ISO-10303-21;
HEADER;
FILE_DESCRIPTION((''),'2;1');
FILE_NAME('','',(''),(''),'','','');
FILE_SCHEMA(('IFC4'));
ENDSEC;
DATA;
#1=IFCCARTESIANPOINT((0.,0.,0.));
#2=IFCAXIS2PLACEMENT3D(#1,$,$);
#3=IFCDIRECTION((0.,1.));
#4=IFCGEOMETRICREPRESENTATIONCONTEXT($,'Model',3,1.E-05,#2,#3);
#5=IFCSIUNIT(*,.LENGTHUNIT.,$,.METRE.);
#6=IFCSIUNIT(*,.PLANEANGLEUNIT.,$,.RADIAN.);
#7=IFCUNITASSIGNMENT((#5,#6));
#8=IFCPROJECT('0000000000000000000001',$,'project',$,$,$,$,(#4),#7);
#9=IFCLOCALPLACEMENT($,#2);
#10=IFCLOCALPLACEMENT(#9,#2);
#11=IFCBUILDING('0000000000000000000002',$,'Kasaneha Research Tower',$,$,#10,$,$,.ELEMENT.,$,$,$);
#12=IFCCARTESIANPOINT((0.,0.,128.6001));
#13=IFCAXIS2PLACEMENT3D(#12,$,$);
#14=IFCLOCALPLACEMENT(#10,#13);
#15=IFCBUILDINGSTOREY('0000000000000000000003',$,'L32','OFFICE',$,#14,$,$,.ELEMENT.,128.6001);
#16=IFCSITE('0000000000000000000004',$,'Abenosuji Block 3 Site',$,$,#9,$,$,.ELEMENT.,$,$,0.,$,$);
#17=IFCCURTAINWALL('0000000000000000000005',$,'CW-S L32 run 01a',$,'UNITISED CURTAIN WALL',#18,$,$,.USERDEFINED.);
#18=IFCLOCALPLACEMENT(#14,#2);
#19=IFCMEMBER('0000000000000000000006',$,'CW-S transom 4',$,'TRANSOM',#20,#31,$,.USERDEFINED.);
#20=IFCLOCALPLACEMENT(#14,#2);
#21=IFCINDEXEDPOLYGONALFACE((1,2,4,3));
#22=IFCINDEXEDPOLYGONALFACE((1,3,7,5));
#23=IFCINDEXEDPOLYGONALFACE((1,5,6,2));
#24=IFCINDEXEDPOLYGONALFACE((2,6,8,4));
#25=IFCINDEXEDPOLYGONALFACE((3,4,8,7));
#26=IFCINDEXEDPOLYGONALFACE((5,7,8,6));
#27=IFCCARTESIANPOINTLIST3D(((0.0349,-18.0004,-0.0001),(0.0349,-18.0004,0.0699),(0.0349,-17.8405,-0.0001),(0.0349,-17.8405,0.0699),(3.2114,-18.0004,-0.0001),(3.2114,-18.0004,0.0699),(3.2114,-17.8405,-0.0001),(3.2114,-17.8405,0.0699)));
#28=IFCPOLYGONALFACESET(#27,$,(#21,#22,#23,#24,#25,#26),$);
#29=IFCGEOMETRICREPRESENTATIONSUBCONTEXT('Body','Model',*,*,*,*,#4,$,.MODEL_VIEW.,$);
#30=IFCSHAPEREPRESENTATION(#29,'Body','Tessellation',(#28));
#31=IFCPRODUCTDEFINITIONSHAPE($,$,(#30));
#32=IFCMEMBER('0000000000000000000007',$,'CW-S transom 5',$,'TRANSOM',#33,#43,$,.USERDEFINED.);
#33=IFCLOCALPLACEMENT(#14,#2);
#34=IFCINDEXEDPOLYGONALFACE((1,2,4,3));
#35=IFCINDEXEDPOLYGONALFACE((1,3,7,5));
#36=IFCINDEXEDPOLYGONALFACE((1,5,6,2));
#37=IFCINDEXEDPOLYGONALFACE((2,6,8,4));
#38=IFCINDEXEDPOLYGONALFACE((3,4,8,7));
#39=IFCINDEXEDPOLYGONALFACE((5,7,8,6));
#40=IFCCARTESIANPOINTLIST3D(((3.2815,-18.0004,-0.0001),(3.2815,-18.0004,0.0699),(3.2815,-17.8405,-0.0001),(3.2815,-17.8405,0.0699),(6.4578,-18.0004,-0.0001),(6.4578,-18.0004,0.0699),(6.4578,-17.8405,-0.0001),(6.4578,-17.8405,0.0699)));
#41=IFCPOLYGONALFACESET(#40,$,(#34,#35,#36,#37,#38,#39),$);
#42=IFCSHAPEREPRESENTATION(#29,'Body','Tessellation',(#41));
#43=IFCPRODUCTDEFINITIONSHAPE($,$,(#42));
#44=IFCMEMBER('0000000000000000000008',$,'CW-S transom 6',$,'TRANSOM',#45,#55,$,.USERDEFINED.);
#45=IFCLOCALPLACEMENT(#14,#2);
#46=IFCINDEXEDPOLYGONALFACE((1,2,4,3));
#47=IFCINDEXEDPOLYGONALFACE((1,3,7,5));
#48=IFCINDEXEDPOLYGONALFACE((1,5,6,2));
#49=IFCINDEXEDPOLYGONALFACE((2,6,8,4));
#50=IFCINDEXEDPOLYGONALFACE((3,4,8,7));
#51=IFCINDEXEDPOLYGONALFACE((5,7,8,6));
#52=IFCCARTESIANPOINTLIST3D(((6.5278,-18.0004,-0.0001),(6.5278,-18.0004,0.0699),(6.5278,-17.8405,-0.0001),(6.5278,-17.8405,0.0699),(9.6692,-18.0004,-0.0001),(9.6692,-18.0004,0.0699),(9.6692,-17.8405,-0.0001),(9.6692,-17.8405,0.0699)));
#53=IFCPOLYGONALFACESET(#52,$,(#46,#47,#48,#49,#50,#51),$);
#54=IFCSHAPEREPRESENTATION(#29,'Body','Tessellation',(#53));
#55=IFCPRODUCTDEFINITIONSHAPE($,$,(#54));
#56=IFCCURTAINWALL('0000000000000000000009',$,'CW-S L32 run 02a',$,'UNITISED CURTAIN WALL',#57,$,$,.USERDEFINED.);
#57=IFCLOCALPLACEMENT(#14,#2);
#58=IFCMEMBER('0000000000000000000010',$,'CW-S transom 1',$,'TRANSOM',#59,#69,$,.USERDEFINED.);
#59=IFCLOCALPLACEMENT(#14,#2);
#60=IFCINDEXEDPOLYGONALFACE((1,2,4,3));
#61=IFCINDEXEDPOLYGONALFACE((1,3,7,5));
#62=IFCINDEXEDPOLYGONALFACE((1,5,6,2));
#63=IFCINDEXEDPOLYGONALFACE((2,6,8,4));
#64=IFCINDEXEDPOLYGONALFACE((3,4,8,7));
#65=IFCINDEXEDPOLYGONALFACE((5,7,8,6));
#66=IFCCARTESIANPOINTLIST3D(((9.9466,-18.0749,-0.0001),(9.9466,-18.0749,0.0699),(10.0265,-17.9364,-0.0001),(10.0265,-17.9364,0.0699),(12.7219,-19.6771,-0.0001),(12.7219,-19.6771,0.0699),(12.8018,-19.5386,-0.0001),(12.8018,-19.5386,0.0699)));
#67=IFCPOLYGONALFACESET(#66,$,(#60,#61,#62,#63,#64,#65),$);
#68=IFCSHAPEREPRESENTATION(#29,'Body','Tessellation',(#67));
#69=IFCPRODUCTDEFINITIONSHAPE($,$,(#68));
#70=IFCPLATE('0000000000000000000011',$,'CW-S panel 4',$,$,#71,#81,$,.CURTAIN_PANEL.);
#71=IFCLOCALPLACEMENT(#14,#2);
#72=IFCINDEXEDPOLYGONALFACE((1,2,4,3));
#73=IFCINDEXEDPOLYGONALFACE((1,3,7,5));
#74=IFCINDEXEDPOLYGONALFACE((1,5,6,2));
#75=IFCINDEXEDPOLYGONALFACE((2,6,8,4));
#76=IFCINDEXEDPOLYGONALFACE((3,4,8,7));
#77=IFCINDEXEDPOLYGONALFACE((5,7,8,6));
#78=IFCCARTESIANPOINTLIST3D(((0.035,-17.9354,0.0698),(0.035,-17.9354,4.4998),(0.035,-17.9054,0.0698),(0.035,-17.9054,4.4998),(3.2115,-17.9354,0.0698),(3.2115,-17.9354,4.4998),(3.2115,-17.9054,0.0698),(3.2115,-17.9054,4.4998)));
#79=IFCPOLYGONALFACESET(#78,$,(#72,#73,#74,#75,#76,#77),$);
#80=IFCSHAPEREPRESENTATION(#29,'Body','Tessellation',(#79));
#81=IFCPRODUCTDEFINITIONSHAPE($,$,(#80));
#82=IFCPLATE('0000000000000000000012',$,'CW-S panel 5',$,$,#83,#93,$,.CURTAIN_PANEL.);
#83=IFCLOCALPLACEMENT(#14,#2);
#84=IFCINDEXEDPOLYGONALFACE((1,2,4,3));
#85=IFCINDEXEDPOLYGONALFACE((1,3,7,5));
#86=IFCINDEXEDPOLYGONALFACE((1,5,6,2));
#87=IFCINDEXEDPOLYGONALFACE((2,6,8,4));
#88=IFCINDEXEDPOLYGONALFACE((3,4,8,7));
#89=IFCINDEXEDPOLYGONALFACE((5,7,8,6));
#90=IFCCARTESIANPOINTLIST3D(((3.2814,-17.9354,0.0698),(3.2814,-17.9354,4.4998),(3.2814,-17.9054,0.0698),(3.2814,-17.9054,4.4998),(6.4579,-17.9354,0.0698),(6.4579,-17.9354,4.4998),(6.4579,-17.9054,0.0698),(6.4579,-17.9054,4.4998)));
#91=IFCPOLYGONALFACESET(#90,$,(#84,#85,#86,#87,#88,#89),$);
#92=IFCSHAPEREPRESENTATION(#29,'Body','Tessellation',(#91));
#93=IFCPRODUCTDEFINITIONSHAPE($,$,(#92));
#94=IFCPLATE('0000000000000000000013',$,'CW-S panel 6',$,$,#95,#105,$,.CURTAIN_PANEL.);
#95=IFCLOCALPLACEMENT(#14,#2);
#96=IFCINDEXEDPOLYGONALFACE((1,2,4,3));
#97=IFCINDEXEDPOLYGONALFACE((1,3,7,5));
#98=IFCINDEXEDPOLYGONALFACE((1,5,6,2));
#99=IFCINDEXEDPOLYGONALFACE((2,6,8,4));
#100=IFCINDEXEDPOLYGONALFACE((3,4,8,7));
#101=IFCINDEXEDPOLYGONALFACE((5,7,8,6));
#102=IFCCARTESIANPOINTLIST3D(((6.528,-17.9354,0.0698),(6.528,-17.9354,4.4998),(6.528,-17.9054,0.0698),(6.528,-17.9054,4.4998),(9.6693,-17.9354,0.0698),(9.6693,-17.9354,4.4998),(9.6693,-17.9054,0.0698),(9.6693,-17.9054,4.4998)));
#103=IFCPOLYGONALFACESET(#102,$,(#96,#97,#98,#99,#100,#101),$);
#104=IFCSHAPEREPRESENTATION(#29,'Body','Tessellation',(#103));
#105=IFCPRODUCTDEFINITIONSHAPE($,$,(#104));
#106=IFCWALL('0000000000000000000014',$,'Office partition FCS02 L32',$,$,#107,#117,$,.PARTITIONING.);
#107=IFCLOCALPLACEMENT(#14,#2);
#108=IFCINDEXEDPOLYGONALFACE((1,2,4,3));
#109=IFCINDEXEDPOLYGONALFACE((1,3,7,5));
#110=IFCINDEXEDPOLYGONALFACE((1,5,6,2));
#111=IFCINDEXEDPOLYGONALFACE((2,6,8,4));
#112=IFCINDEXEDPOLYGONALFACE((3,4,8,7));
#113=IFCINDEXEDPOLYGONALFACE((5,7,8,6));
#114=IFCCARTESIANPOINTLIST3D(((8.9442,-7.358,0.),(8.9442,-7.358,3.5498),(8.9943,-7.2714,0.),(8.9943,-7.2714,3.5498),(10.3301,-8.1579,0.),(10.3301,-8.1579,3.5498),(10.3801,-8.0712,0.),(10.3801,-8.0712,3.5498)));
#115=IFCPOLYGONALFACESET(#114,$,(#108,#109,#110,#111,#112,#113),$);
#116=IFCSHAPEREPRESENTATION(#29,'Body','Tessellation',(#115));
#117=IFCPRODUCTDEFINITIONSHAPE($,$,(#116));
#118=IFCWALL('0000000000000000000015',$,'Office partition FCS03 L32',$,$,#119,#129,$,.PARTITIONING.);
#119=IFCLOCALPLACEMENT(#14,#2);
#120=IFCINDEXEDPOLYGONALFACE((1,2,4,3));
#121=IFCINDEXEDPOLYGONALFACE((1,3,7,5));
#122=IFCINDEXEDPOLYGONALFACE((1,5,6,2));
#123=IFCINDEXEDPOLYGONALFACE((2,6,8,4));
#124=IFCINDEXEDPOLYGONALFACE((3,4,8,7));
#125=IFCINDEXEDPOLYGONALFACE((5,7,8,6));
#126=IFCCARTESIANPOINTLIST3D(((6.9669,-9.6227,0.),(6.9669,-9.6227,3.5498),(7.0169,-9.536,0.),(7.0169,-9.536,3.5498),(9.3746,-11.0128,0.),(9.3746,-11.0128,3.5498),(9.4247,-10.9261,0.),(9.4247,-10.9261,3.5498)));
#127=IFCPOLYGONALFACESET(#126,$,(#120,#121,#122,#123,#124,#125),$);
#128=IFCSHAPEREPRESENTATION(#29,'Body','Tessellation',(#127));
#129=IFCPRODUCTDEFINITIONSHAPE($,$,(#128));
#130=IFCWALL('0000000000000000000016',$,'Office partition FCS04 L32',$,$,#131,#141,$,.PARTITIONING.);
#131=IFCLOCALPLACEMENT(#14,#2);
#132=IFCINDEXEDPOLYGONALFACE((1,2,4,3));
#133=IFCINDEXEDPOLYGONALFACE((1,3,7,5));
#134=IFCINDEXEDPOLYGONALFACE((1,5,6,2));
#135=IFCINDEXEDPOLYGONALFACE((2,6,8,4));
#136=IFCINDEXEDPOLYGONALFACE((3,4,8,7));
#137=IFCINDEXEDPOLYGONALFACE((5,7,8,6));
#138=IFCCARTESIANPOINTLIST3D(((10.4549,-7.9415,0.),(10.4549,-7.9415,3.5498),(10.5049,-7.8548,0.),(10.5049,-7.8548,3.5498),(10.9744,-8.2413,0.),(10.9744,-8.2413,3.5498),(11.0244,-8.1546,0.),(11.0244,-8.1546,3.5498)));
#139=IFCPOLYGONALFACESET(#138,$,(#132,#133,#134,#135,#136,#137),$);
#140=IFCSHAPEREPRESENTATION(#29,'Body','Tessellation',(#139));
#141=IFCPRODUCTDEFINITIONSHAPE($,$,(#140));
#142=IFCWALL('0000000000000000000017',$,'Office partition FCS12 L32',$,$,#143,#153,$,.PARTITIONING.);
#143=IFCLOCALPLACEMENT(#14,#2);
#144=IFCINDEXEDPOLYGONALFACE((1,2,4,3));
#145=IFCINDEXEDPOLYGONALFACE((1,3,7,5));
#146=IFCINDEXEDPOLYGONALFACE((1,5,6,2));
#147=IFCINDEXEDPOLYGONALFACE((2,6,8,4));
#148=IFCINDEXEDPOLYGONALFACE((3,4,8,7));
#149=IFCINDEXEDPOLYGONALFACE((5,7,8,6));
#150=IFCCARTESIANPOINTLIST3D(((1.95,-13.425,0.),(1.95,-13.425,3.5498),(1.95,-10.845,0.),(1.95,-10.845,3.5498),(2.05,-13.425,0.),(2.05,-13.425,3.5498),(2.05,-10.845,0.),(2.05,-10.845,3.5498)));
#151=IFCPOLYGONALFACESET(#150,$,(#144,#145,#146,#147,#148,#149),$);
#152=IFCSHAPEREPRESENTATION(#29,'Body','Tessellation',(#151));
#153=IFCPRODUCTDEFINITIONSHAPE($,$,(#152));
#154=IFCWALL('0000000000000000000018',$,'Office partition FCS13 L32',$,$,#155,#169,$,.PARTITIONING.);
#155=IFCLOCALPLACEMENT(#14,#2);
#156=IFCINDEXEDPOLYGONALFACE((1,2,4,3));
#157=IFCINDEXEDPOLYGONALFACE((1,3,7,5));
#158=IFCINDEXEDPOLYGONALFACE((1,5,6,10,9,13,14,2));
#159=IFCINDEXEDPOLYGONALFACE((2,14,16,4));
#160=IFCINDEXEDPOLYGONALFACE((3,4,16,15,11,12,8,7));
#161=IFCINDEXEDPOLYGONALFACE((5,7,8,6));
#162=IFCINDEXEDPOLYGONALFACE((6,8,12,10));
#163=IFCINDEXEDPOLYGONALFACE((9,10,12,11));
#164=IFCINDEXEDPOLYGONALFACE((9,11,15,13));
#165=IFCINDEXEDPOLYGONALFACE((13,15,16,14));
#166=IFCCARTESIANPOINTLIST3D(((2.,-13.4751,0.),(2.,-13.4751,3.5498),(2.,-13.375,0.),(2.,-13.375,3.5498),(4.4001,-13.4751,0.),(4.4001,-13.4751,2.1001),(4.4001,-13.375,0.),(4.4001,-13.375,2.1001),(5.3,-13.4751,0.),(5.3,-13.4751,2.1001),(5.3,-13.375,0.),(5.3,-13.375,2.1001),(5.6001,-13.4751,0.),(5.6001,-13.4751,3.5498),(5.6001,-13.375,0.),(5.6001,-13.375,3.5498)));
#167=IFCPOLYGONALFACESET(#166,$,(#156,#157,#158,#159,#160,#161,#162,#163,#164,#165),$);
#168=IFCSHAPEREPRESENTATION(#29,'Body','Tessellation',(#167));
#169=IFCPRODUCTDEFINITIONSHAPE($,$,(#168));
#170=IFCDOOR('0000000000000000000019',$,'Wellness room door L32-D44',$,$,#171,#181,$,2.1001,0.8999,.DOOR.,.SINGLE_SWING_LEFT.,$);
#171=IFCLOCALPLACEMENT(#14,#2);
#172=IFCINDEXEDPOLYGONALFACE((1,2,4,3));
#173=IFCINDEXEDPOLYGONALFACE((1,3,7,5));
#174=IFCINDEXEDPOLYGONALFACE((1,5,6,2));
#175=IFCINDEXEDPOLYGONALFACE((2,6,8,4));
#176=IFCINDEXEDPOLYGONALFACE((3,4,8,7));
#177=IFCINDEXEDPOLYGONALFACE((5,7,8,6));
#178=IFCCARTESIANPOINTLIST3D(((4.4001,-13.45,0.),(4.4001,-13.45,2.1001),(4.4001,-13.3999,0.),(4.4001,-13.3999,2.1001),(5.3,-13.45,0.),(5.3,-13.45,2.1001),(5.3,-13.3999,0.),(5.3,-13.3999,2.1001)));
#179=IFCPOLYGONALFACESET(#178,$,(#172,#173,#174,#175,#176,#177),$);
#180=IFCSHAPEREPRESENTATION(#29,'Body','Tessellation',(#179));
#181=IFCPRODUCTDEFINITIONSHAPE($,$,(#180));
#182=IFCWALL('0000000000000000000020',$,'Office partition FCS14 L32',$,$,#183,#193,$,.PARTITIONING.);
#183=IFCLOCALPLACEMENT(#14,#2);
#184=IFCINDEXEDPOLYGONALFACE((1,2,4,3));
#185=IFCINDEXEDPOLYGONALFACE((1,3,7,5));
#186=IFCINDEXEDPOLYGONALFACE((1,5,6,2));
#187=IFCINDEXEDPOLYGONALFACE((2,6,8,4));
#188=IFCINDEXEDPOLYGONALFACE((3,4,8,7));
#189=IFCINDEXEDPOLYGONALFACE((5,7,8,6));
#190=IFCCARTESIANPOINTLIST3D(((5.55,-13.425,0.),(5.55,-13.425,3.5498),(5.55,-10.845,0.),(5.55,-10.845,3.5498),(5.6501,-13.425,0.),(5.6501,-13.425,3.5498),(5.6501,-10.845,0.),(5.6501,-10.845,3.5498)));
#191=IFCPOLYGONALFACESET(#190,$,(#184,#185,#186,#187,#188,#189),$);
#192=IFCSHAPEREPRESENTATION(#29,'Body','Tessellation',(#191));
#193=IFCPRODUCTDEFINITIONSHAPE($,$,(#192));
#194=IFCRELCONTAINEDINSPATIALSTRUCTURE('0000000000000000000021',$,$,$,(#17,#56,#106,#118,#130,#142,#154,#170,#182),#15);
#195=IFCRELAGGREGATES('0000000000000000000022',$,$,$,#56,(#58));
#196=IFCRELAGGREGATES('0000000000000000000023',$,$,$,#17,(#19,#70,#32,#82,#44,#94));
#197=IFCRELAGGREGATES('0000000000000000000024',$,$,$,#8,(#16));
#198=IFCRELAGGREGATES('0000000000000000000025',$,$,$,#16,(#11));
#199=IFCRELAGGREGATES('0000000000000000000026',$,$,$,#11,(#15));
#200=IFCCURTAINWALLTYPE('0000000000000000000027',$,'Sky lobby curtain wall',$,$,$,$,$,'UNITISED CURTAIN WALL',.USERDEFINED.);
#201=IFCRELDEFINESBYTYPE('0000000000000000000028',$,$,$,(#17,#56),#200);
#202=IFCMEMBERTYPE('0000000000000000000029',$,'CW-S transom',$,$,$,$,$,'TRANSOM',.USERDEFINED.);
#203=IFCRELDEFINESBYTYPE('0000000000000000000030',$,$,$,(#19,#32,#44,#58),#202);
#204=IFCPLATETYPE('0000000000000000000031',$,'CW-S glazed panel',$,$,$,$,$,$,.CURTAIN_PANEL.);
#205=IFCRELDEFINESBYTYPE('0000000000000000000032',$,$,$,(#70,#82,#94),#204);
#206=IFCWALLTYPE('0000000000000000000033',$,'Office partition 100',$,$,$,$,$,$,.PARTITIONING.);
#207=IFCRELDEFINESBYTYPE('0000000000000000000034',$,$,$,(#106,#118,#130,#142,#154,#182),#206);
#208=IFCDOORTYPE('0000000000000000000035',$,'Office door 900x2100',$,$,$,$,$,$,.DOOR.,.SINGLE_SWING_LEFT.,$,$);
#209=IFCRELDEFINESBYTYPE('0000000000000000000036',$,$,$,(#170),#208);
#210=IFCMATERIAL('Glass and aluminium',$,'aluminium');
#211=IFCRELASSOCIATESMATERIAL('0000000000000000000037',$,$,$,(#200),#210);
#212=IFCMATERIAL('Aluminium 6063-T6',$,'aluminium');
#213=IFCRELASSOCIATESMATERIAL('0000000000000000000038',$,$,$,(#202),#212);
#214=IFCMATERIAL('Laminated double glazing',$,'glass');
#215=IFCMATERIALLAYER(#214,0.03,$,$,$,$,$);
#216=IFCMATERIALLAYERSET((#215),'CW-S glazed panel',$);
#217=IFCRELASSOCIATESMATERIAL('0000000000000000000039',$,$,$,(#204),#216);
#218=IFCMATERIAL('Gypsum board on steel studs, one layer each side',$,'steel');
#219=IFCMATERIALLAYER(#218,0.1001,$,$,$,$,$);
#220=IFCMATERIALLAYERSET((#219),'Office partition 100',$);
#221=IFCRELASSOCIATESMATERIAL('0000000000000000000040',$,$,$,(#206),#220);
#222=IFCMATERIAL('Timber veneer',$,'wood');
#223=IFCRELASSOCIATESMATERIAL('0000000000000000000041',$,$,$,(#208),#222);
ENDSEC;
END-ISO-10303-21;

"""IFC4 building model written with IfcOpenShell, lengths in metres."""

from ifc_helpers import new_model, si_unit, direction, frame, frame_2d, origin, origin_2d, place, context, subcontext, project, spatial, rectangle, extrude, material, layer, layer_set, material_profile, profile_set, type_object, element, fill, aggregate, save


model = new_model("IFC4")

# Units and contexts
model_context = context("Model", 3, precision=1e-05, world=origin(), true_north=direction((0.0, 1.0)))
body_context = subcontext(model_context, "Body", "Model", "MODEL_VIEW")
ifc_project = project(units=[si_unit("LENGTHUNIT", "METRE"), si_unit("PLANEANGLEUNIT", "RADIAN")], contexts=[model_context])

# Site, building, storey
site_placement = place(None, origin())
site = spatial("IfcSite", under=ifc_project, at=site_placement, Name="Abenosuji Block 3 Site", CompositionType="ELEMENT", RefElevation=0.0)
building_placement = place(site_placement, origin())
building = spatial("IfcBuilding", under=site, at=building_placement, Name="Kasaneha Research Tower", CompositionType="ELEMENT")
storey_placement = place(building_placement, frame((0.0, 0.0, 128.6001)))
storey = spatial("IfcBuildingStorey", under=building, at=storey_placement, Name="L32", Description="OFFICE", CompositionType="ELEMENT", Elevation=128.6001)

# Curtain wall, members
ifc_material_1 = material(Name="Glass and aluminium", Category="aluminium")
curtain_wall_type = type_object("IfcCurtainWallType", Name="Sky lobby curtain wall", ElementType="UNITISED CURTAIN WALL", PredefinedType="USERDEFINED", material=ifc_material_1)
curtain_wall_1_placement = place(storey_placement, origin())
curtain_wall_1 = element("IfcCurtainWall", 1, at=curtain_wall_1_placement, inside=storey, type_object=curtain_wall_type, Name="CW-S L32 run 01a", ObjectType="UNITISED CURTAIN WALL", PredefinedType="USERDEFINED")
ifc_material_2 = material(Name="Aluminium 6063-T6", Category="aluminium")
ifc_material_profile = material_profile(ifc_material_2, rectangle(XDim=0.1599, YDim=0.0701, at=origin_2d()), Name="CW-S transom 160x70")
ifc_profile_set = profile_set([ifc_material_profile], Name="Aluminium 6063-T6")
member_type = type_object("IfcMemberType", Name="CW-S transom", ElementType="TRANSOM", PredefinedType="USERDEFINED", material=ifc_profile_set)
member_1_placement = place(storey_placement, frame((0.0349, -17.9204, 0.0349), z_axis=(1.0, 0.0, 0.0), x_axis=(0.0, 1.0, 0.0)))
member_1 = element("IfcMember", 2, at=member_1_placement, type_object=member_type, Name="CW-S transom 4", ObjectType="TRANSOM", PredefinedType="USERDEFINED", context=body_context, shape_type="SweptSolid", body=[
    extrude(rectangle(XDim=0.1599, YDim=0.0701, at=origin_2d()), origin(), (0.0, 0.0, 1.0), 3.1765),
])
member_2_placement = place(storey_placement, frame((3.2815, -17.9204, 0.0349), z_axis=(1.0, 0.0, 0.0), x_axis=(0.0, 1.0, 0.0)))
member_2 = element("IfcMember", 3, at=member_2_placement, type_object=member_type, Name="CW-S transom 5", ObjectType="TRANSOM", PredefinedType="USERDEFINED", context=body_context, shape_type="SweptSolid", body=[
    extrude(rectangle(XDim=0.1599, YDim=0.0701, at=origin_2d()), origin(), (0.0, 0.0, 1.0), 3.1763),
])
member_3_placement = place(storey_placement, frame((6.5278, -17.9204, 0.0349), z_axis=(1.0, 0.0, 0.0), x_axis=(0.0, 1.0, 0.0)))
member_3 = element("IfcMember", 4, at=member_3_placement, type_object=member_type, Name="CW-S transom 6", ObjectType="TRANSOM", PredefinedType="USERDEFINED", context=body_context, shape_type="SweptSolid", body=[
    extrude(rectangle(XDim=0.1599, YDim=0.0701, at=origin_2d()), origin(), (0.0, 0.0, 1.0), 3.1414),
])

# Curtain wall, member
curtain_wall_2_placement = place(storey_placement, origin())
curtain_wall_2 = element("IfcCurtainWall", 5, at=curtain_wall_2_placement, inside=storey, type_object=curtain_wall_type, Name="CW-S L32 run 02a", ObjectType="UNITISED CURTAIN WALL", PredefinedType="USERDEFINED")
member_4_placement = place(storey_placement, frame((9.9866, -18.0056, 0.0349), z_axis=(0.866036, -0.499982, 0.0), x_axis=(0.499982, 0.866036, 0.0)))
member_4 = element("IfcMember", 6, at=member_4_placement, type_object=member_type, Name="CW-S transom 1", ObjectType="TRANSOM", PredefinedType="USERDEFINED", context=body_context, shape_type="SweptSolid", body=[
    extrude(rectangle(XDim=0.1599, YDim=0.0701, at=origin_2d()), origin(), (0.0, 0.0, 1.0), 3.2046),
])
aggregate(curtain_wall_2, [member_4])

# Plates
ifc_material_3 = material(Name="Laminated double glazing", Category="glass")
ifc_layer_1 = layer(ifc_material_3, 0.03)
ifc_layer_set_1 = layer_set([ifc_layer_1], Name="CW-S glazed panel")
plate_type = type_object("IfcPlateType", Name="CW-S glazed panel", PredefinedType="CURTAIN_PANEL", material=ifc_layer_set_1)
plate_1_placement = place(storey_placement, frame((1.6233, -17.9204, 0.0698), z_axis=(0.0, 0.0, 1.0), x_axis=(1.0, 0.0, 0.0)))
plate_1 = element("IfcPlate", 7, at=plate_1_placement, type_object=plate_type, Name="CW-S panel 4", PredefinedType="CURTAIN_PANEL", context=body_context, shape_type="SweptSolid", body=[
    extrude(rectangle(XDim=3.1765, YDim=0.03, at=origin_2d()), origin(), (0.0, 0.0, 1.0), 4.4299),
])
plate_2_placement = place(storey_placement, frame((4.8696, -17.9204, 0.0698), z_axis=(0.0, 0.0, 1.0), x_axis=(1.0, 0.0, 0.0)))
plate_2 = element("IfcPlate", 8, at=plate_2_placement, type_object=plate_type, Name="CW-S panel 5", PredefinedType="CURTAIN_PANEL", context=body_context, shape_type="SweptSolid", body=[
    extrude(rectangle(XDim=3.1765, YDim=0.03, at=origin_2d()), origin(), (0.0, 0.0, 1.0), 4.4299),
])
plate_3_placement = place(storey_placement, frame((8.0986, -17.9204, 0.0698), z_axis=(0.0, 0.0, 1.0), x_axis=(1.0, 0.0, 0.0)))
plate_3 = element("IfcPlate", 9, at=plate_3_placement, type_object=plate_type, Name="CW-S panel 6", PredefinedType="CURTAIN_PANEL", context=body_context, shape_type="SweptSolid", body=[
    extrude(rectangle(XDim=3.1414, YDim=0.03, at=origin_2d()), origin(), (0.0, 0.0, 1.0), 4.4299),
])
aggregate(curtain_wall_1, [member_1, plate_1, member_2, plate_2, member_3, plate_3])

# Walls
ifc_material_4 = material(Name="Gypsum board on steel studs, one layer each side", Category="steel")
ifc_layer_2 = layer(ifc_material_4, 0.1001)
ifc_layer_set_2 = layer_set([ifc_layer_2], Name="Office partition 100")
wall_type = type_object("IfcWallType", Name="Office partition 100", PredefinedType="PARTITIONING", material=ifc_layer_set_2)
wall_1_placement = place(storey_placement, frame((8.9692, -7.3147, 0.0), z_axis=(0.0, 0.0, 1.0), x_axis=(0.866094, -0.499881, 0.0)))
element("IfcWall", 10, at=wall_1_placement, inside=storey, type_object=wall_type, Name="Office partition FCS02 L32", PredefinedType="PARTITIONING", context=body_context, shape_type="SweptSolid", body=[
    extrude(rectangle(XDim=1.6001, YDim=0.1001, at=frame_2d((0.8, 0.0))), origin(), (0.0, 0.0, 1.0), 3.5498),
])
wall_2_placement = place(storey_placement, frame((9.3997, -10.9695, 0.0), z_axis=(0.0, 0.0, 1.0), x_axis=(-0.866019, 0.500011, 0.0)))
element("IfcWall", 11, at=wall_2_placement, inside=storey, type_object=wall_type, Name="Office partition FCS03 L32", PredefinedType="PARTITIONING", context=body_context, shape_type="SweptSolid", body=[
    extrude(rectangle(XDim=2.7803, YDim=0.1001, at=frame_2d((1.3901, 0.0))), origin(), (0.0, 0.0, 1.0), 3.5498),
])
wall_3_placement = place(storey_placement, frame((10.48, -7.8982, 0.0), z_axis=(0.0, 0.0, 1.0), x_axis=(0.866131, -0.499816, 0.0)))
element("IfcWall", 12, at=wall_3_placement, inside=storey, type_object=wall_type, Name="Office partition FCS04 L32", PredefinedType="PARTITIONING", context=body_context, shape_type="SweptSolid", body=[
    extrude(rectangle(XDim=0.5999, YDim=0.1001, at=frame_2d((0.2998, 0.0))), origin(), (0.0, 0.0, 1.0), 3.5498),
])
wall_4_placement = place(storey_placement, frame((2.0, -13.425, 0.0), z_axis=(0.0, 0.0, 1.0), x_axis=(0.0, 1.0, 0.0)))
element("IfcWall", 13, at=wall_4_placement, inside=storey, type_object=wall_type, Name="Office partition FCS12 L32", PredefinedType="PARTITIONING", context=body_context, shape_type="SweptSolid", body=[
    extrude(rectangle(XDim=2.5801, YDim=0.1001, at=frame_2d((1.29, 0.0))), origin(), (0.0, 0.0, 1.0), 3.5498),
])

# Wall, opening, door
wall_5_placement = place(storey_placement, frame((5.6001, -13.425, 0.0), z_axis=(0.0, 0.0, 1.0), x_axis=(-1.0, 0.0, 0.0)))
wall_5 = element("IfcWall", 14, at=wall_5_placement, inside=storey, type_object=wall_type, Name="Office partition FCS13 L32", PredefinedType="PARTITIONING", context=body_context, shape_type="SweptSolid", body=[
    extrude(rectangle(XDim=3.6001, YDim=0.1001, at=frame_2d((1.8, 0.0))), origin(), (0.0, 0.0, 1.0), 3.5498),
])
opening_1_placement = place(wall_5_placement, frame((0.3, 0.0, 0.0)))
opening_1 = element("IfcOpeningElement", 15, at=opening_1_placement, cuts=wall_5, PredefinedType="OPENING", context=body_context, shape_type="SweptSolid", body=[
    extrude(rectangle(XDim=0.8999, YDim=2.1001, at=frame_2d((0.45, 1.05))), frame((0.0, 0.0601, 0.0), z_axis=(0.0, -1.0, 0.0), x_axis=(1.0, 0.0, 0.0)), (0.0, 0.0, 1.0), 0.1201),
])
ifc_material_5 = material(Name="Timber veneer", Category="wood")
door_type = type_object("IfcDoorType", Name="Office door 900x2100", OperationType="SINGLE_SWING_LEFT", PredefinedType="DOOR", material=ifc_material_5)
door_1_placement = place(opening_1_placement, origin())
door_1 = element("IfcDoor", 16, at=door_1_placement, inside=storey, type_object=door_type, Name="Wellness room door L32-D44", OperationType="SINGLE_SWING_LEFT", OverallHeight=2.1001, OverallWidth=0.8999, PredefinedType="DOOR", context=body_context, shape_type="SweptSolid", body=[
    extrude(rectangle(XDim=0.8999, YDim=2.1001, at=frame_2d((0.45, 1.05))), frame((0.0, 0.0249, 0.0), z_axis=(0.0, -1.0, 0.0), x_axis=(1.0, 0.0, 0.0)), (0.0, 0.0, 1.0), 0.05),
])
fill(opening_1, door_1)

# Wall
wall_6_placement = place(storey_placement, frame((5.6001, -10.845, 0.0), z_axis=(0.0, 0.0, 1.0), x_axis=(0.0, -1.0, 0.0)))
element("IfcWall", 17, at=wall_6_placement, inside=storey, type_object=wall_type, Name="Office partition FCS14 L32", PredefinedType="PARTITIONING", context=body_context, shape_type="SweptSolid", body=[
    extrude(rectangle(XDim=2.5801, YDim=0.1001, at=frame_2d((1.29, 0.0))), origin(), (0.0, 0.0, 1.0), 3.5498),
])

save(model, "model.ifc")
